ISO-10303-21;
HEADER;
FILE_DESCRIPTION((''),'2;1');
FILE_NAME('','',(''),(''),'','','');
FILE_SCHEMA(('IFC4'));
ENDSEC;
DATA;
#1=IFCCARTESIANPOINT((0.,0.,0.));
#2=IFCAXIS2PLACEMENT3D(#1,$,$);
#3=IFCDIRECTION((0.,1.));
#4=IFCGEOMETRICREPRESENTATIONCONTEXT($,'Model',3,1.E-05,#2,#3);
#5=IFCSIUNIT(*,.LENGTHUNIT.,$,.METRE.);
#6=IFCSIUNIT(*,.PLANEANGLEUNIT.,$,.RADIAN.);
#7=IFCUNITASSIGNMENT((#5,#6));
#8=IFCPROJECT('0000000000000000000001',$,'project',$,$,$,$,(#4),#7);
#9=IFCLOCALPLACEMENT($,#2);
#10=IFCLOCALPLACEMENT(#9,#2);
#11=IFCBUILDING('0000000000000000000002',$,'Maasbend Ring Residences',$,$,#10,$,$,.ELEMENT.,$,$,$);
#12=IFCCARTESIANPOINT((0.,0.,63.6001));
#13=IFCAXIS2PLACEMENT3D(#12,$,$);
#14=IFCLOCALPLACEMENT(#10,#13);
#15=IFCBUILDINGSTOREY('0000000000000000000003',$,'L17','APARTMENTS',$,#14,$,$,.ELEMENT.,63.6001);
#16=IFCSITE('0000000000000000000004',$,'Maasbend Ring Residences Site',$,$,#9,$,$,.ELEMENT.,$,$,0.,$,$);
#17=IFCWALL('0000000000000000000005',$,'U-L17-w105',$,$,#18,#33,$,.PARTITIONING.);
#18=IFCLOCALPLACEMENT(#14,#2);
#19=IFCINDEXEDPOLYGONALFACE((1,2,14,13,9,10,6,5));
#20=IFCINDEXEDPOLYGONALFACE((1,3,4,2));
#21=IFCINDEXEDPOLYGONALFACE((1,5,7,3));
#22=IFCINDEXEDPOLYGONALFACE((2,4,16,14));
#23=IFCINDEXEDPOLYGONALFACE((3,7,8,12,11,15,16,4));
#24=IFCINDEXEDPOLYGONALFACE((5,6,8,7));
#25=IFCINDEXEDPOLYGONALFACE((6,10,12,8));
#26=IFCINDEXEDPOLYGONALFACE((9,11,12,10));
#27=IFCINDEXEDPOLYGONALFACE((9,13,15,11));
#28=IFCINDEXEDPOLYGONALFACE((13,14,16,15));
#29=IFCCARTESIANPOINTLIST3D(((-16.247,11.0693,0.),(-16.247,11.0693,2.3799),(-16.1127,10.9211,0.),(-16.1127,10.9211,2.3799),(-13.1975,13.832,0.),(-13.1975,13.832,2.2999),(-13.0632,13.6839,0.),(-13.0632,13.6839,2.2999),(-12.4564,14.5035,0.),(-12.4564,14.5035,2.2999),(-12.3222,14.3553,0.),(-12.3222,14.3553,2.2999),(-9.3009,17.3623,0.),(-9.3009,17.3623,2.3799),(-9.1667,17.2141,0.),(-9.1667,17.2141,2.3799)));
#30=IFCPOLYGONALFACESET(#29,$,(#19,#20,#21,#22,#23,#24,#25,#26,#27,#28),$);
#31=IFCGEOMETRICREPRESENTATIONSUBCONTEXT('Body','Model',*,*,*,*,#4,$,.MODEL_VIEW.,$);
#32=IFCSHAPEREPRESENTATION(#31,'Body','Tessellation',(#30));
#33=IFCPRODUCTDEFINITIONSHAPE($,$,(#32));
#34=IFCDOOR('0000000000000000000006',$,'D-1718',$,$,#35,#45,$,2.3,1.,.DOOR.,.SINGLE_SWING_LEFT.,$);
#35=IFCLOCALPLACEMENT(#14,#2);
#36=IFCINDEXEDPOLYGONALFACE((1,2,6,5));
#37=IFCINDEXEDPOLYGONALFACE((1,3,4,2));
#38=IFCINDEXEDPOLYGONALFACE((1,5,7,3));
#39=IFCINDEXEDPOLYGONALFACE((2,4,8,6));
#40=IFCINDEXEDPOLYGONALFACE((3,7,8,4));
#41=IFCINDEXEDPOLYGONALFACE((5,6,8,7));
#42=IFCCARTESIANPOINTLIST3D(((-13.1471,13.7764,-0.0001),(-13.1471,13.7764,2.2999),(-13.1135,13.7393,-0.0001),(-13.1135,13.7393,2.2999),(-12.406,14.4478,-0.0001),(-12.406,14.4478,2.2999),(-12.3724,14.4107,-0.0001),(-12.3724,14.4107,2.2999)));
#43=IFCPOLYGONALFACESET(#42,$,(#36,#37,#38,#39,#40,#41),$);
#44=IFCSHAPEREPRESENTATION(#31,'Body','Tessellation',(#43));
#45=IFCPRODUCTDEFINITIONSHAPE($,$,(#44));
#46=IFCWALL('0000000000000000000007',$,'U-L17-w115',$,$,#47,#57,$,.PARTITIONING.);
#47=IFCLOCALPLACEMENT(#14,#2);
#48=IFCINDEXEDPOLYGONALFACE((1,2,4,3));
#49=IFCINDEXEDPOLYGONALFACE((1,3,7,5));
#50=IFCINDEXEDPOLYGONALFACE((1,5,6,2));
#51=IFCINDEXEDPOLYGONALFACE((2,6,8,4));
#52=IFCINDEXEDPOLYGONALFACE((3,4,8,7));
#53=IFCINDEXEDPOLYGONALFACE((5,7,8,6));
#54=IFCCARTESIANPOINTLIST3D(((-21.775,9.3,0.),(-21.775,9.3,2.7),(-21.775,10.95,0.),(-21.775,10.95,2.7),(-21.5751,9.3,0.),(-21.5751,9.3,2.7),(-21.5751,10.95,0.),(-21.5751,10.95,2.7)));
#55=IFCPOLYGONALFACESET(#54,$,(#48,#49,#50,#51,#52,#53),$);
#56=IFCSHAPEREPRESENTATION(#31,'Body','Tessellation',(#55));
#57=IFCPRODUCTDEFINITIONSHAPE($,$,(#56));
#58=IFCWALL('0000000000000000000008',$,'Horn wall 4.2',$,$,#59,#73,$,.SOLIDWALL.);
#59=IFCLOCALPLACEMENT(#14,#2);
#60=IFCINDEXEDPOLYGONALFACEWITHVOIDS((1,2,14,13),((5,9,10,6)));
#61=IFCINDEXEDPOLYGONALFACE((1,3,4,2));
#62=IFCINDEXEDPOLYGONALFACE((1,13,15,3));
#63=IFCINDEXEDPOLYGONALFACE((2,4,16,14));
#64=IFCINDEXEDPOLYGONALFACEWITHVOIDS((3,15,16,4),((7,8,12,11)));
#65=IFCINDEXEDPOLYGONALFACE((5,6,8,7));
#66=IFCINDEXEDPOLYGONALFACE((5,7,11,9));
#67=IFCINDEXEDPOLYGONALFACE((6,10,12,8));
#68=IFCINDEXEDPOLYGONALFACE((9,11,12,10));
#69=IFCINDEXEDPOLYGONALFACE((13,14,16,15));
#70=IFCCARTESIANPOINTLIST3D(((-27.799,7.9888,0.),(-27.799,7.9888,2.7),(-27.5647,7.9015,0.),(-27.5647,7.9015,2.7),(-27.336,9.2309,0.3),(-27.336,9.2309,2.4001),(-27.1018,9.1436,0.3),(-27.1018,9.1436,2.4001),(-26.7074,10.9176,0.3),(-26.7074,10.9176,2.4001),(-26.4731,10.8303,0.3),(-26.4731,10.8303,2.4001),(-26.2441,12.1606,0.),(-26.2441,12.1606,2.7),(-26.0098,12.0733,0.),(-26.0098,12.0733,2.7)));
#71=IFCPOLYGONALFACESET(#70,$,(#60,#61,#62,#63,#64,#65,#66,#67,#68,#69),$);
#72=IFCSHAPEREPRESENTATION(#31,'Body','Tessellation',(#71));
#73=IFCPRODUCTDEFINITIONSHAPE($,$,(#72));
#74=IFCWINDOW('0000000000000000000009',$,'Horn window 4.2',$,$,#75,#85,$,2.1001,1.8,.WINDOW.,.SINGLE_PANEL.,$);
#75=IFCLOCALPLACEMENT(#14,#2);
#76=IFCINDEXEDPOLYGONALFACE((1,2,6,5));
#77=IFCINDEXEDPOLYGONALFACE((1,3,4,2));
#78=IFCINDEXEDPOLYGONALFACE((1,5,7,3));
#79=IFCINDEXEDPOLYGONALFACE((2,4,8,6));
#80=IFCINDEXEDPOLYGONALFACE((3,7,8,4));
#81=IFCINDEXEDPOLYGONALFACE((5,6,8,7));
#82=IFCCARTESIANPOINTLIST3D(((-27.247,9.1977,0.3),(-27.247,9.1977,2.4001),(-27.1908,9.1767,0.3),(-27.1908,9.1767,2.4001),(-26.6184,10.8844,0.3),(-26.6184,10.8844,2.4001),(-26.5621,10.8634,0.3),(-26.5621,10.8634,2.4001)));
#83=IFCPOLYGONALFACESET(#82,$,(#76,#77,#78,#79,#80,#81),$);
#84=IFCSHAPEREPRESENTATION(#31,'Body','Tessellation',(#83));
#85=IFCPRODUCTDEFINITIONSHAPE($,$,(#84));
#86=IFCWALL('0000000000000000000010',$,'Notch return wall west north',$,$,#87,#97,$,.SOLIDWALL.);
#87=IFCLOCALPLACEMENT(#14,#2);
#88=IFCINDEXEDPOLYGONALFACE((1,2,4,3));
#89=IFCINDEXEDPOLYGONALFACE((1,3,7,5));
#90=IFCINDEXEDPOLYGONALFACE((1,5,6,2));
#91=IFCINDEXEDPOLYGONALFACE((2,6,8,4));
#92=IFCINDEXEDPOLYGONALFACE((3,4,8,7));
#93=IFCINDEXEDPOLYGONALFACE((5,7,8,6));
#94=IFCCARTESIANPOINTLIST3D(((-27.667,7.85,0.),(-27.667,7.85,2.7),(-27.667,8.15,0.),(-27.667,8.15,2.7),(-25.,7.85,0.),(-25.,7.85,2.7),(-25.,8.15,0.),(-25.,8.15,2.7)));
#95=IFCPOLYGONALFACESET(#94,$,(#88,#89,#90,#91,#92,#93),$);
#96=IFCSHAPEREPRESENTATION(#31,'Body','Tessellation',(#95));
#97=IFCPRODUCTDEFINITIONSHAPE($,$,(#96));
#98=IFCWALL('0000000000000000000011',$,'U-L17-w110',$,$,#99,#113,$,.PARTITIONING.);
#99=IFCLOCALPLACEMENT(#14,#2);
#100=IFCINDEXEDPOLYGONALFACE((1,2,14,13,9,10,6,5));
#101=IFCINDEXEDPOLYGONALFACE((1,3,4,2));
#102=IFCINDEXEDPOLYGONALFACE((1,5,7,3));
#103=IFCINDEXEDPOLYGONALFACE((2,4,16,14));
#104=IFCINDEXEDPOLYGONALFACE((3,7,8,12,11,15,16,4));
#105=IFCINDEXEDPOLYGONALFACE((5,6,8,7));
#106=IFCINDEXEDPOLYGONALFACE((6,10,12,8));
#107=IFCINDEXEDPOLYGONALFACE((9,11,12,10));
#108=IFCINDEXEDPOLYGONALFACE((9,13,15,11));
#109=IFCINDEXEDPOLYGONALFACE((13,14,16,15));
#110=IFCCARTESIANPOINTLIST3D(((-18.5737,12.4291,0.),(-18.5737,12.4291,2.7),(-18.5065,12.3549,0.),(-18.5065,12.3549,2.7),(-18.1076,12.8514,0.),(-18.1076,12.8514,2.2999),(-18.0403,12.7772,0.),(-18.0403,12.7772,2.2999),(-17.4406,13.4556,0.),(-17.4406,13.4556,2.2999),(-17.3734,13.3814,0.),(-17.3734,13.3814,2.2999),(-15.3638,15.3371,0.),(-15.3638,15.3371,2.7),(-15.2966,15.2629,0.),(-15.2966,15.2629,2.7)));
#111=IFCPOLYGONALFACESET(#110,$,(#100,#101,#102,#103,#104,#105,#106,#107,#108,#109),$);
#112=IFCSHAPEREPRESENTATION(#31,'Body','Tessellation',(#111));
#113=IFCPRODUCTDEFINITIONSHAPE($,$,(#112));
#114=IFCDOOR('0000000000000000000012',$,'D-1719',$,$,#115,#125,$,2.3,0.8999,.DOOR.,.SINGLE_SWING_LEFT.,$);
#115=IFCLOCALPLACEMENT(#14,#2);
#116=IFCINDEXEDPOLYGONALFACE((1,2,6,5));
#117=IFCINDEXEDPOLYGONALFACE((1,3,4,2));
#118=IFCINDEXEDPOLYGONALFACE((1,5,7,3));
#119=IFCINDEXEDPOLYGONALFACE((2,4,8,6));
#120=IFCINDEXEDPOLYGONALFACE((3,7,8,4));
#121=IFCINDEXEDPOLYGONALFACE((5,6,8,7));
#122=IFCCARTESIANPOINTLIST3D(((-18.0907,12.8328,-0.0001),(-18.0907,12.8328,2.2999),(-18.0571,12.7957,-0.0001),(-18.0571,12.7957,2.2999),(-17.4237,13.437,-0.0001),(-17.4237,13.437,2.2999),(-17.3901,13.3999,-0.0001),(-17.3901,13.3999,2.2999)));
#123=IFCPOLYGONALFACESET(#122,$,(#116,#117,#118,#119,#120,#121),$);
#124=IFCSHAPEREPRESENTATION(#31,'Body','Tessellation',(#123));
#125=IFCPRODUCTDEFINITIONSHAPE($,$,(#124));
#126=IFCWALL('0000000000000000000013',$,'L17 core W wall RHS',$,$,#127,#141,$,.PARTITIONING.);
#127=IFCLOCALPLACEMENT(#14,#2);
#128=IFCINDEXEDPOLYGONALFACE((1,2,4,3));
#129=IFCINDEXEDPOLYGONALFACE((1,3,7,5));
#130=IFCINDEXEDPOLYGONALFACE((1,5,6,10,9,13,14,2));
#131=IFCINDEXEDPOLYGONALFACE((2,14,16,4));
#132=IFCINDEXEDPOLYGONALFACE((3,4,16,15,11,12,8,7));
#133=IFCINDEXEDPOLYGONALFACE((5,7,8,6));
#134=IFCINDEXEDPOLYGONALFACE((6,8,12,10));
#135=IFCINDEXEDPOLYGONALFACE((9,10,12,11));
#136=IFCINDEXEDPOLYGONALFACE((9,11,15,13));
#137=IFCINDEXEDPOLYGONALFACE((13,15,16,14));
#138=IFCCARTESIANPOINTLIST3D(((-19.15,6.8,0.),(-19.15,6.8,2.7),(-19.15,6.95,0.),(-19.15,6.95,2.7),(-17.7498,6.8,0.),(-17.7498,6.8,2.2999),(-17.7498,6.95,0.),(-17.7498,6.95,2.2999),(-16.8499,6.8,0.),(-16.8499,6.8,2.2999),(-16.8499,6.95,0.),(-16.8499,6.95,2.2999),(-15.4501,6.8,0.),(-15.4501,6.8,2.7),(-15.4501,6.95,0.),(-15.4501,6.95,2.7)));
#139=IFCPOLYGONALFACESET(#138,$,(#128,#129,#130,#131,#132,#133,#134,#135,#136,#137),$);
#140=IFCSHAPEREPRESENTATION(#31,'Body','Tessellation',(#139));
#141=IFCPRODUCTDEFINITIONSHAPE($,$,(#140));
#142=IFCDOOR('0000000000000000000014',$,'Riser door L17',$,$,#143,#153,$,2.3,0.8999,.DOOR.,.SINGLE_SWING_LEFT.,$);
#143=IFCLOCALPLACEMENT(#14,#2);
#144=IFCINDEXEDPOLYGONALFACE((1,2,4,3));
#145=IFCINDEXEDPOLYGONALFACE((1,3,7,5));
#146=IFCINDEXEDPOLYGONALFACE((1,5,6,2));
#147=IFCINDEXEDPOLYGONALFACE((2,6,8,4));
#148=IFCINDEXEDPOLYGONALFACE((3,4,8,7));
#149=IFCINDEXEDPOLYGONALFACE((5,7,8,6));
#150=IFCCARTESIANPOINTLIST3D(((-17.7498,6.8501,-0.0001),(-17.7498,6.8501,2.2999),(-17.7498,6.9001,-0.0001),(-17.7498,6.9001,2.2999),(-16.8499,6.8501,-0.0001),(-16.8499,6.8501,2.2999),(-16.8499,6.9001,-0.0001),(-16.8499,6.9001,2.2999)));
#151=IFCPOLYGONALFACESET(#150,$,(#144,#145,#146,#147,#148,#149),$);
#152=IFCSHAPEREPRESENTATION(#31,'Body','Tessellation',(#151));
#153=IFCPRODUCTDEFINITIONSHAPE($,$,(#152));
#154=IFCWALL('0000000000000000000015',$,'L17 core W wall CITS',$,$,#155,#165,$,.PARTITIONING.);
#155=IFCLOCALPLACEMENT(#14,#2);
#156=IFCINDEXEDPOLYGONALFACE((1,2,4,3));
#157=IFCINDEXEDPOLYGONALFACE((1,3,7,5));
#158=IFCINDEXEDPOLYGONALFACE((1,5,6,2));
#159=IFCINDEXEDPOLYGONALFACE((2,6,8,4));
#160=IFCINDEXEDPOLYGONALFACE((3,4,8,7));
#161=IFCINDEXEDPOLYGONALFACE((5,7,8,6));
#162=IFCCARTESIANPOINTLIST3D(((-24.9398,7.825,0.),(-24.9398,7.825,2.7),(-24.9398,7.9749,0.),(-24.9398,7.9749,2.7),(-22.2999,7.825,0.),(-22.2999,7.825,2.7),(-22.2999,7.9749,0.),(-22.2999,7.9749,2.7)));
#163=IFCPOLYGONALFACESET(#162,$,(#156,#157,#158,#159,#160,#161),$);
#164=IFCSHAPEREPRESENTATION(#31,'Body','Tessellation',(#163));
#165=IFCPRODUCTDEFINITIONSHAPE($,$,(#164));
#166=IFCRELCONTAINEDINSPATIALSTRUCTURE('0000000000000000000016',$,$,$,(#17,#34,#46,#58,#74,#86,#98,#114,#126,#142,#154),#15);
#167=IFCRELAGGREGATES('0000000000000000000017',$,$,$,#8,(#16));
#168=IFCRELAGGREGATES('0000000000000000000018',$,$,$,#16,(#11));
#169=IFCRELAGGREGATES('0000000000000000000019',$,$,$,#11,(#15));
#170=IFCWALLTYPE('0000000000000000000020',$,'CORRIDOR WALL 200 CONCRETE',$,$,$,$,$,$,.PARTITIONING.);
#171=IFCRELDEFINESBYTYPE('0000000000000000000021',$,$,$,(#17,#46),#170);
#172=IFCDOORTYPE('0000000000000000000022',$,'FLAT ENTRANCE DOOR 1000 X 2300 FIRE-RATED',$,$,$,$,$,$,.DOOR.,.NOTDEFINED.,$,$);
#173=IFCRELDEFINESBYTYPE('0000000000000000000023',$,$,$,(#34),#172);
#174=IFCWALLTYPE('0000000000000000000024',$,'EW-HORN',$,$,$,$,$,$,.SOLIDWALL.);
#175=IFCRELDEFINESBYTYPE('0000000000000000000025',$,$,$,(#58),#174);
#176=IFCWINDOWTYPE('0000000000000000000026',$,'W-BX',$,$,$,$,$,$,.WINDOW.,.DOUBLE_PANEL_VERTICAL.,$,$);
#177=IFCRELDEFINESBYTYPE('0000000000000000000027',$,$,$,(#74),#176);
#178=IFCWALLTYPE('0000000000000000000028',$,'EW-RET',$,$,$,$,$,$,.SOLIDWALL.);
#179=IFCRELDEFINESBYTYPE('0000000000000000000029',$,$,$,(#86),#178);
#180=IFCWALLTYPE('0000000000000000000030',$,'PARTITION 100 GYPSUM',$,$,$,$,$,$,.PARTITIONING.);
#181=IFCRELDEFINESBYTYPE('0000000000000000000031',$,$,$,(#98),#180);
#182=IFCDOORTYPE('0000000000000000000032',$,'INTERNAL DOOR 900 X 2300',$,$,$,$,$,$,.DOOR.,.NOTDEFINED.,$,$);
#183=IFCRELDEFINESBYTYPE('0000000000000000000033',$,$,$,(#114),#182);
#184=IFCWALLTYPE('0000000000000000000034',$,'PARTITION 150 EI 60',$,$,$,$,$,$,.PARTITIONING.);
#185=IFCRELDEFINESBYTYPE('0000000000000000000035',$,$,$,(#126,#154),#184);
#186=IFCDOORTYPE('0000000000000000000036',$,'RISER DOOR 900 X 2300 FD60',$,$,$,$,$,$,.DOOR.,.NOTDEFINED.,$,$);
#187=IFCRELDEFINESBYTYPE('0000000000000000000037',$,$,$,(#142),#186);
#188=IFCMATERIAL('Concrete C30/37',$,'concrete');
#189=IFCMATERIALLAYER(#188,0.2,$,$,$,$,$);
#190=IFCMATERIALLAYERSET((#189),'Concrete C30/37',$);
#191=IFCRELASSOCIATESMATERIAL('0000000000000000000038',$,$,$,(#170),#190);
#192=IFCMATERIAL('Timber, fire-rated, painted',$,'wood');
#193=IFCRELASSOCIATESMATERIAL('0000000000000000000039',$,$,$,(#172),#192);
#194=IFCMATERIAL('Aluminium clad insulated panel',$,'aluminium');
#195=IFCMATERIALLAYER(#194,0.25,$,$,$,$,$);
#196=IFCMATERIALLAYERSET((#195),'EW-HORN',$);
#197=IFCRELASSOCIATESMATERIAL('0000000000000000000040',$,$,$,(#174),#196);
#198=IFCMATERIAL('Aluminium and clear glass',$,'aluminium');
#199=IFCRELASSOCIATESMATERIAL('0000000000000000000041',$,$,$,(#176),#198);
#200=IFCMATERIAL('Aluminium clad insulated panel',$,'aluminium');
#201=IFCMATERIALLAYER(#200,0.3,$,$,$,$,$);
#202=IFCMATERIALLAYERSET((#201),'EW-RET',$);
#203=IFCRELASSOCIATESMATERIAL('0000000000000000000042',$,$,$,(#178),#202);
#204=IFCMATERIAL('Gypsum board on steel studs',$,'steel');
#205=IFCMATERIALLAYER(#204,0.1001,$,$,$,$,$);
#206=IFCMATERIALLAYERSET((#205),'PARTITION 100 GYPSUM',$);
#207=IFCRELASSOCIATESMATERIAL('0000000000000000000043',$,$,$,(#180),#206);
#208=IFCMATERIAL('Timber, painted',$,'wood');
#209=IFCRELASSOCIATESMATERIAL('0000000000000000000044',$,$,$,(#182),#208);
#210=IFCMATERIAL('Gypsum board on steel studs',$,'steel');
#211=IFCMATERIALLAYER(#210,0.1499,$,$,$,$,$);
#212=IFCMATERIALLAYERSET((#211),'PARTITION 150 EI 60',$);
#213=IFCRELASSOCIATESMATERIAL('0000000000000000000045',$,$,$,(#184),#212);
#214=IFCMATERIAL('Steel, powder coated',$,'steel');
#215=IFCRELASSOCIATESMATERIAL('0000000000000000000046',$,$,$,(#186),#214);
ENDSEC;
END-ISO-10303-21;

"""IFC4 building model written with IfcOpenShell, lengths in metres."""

from ifc_helpers import new_model, si_unit, direction, frame, frame_2d, origin, place, context, subcontext, project, spatial, rectangle, extrude, material, layer, layer_set, type_object, element, fill, save


model = new_model("IFC4")

# Units and contexts
model_context = context("Model", 3, precision=1e-05, world=origin(), true_north=direction((0.0, 1.0)))
body_context = subcontext(model_context, "Body", "Model", "MODEL_VIEW")
ifc_project = project(units=[si_unit("LENGTHUNIT", "METRE"), si_unit("PLANEANGLEUNIT", "RADIAN")], contexts=[model_context])

# Site, building, storey
site_placement = place(None, origin())
site = spatial("IfcSite", under=ifc_project, at=site_placement, Name="Maasbend Ring Residences Site", CompositionType="ELEMENT", RefElevation=0.0)
building_placement = place(site_placement, origin())
building = spatial("IfcBuilding", under=site, at=building_placement, Name="Maasbend Ring Residences", CompositionType="ELEMENT")
storey_placement = place(building_placement, frame((0.0, 0.0, 63.6001)))
storey = spatial("IfcBuildingStorey", under=building, at=storey_placement, Name="L17", Description="APARTMENTS", CompositionType="ELEMENT", Elevation=63.6001)

# Wall, opening, door
ifc_material_1 = material(Name="Concrete C30/37", Category="concrete")
ifc_layer_1 = layer(ifc_material_1, 0.2)
ifc_layer_set_1 = layer_set([ifc_layer_1], Name="Concrete C30/37")
wall_type_1 = type_object("IfcWallType", Name="CORRIDOR WALL 200 CONCRETE", PredefinedType="PARTITIONING", material=ifc_layer_set_1)
wall_1_placement = place(storey_placement, frame((-16.1799, 10.9951, 0.0), z_axis=(0.0, 0.0, 1.0), x_axis=(0.741087, 0.671409, 0.0)))
wall_1 = element("IfcWall", 1, at=wall_1_placement, inside=storey, type_object=wall_type_1, Name="U-L17-w105", PredefinedType="PARTITIONING", context=body_context, shape_type="SweptSolid", body=[
    extrude(rectangle(XDim=9.3728, YDim=0.2, at=frame_2d((4.6865, 0.0))), origin(), (0.0, 0.0, 1.0), 2.3799),
])
opening_1_placement = place(wall_1_placement, frame((4.115, 0.0, 0.0)))
opening_1 = element("IfcOpeningElement", 2, at=opening_1_placement, cuts=wall_1, PredefinedType="OPENING", context=body_context, shape_type="SweptSolid", body=[
    extrude(rectangle(XDim=1.0, YDim=2.3, at=frame_2d((0.5, 1.1499))), frame((0.0, 0.1099, 0.0), z_axis=(0.0, -1.0, 0.0), x_axis=(1.0, 0.0, 0.0)), (0.0, 0.0, 1.0), 0.22),
])
ifc_material_2 = material(Name="Timber, fire-rated, painted", Category="wood")
door_type_1 = type_object("IfcDoorType", Name="FLAT ENTRANCE DOOR 1000 X 2300 FIRE-RATED", OperationType="NOTDEFINED", PredefinedType="DOOR", material=ifc_material_2)
door_1_placement = place(opening_1_placement, origin())
door_1 = element("IfcDoor", 3, at=door_1_placement, inside=storey, type_object=door_type_1, Name="D-1718", OperationType="SINGLE_SWING_LEFT", OverallHeight=2.3, OverallWidth=1.0, PredefinedType="DOOR", context=body_context, shape_type="SweptSolid", body=[
    extrude(rectangle(XDim=1.0, YDim=2.3, at=frame_2d((0.5, 1.1499))), frame((0.0, 0.0249, 0.0), z_axis=(0.0, -1.0, 0.0), x_axis=(1.0, 0.0, 0.0)), (0.0, 0.0, 1.0), 0.05),
])
fill(opening_1, door_1)

# Wall
wall_2_placement = place(storey_placement, frame((-21.675, 9.3, 0.0), z_axis=(0.0, 0.0, 1.0), x_axis=(0.0, 1.0, 0.0)))
element("IfcWall", 4, at=wall_2_placement, inside=storey, type_object=wall_type_1, Name="U-L17-w115", PredefinedType="PARTITIONING", context=body_context, shape_type="SweptSolid", body=[
    extrude(rectangle(XDim=1.6499, YDim=0.2, at=frame_2d((0.825, 0.0))), origin(), (0.0, 0.0, 1.0), 2.7),
])

# Wall, opening, window
ifc_material_3 = material(Name="Aluminium clad insulated panel", Category="aluminium")
ifc_layer_2 = layer(ifc_material_3, 0.25)
ifc_layer_set_2 = layer_set([ifc_layer_2], Name="EW-HORN")
wall_type_2 = type_object("IfcWallType", Name="EW-HORN", PredefinedType="SOLIDWALL", material=ifc_layer_set_2)
wall_3_placement = place(storey_placement, frame((-26.127, 12.1169, 0.0), z_axis=(0.0, 0.0, 1.0), x_axis=(-0.349248, -0.93703, 0.0)))
wall_3 = element("IfcWall", 5, at=wall_3_placement, inside=storey, type_object=wall_type_2, Name="Horn wall 4.2", PredefinedType="SOLIDWALL", context=body_context, shape_type="SweptSolid", body=[
    extrude(rectangle(XDim=4.4521, YDim=0.25, at=frame_2d((2.2261, 0.0))), origin(), (0.0, 0.0, 1.0), 2.7),
])
opening_2_placement = place(wall_3_placement, frame((1.3267, 0.0, 0.3)))
opening_2 = element("IfcOpeningElement", 6, at=opening_2_placement, cuts=wall_3, PredefinedType="OPENING", context=body_context, shape_type="SweptSolid", body=[
    extrude(rectangle(XDim=1.8, YDim=2.1001, at=frame_2d((0.8999, 1.05))), frame((0.0, 0.135, 0.0), z_axis=(0.0, -1.0, 0.0), x_axis=(1.0, 0.0, 0.0)), (0.0, 0.0, 1.0), 0.27),
])
ifc_material_4 = material(Name="Aluminium and clear glass", Category="aluminium")
window_type = type_object("IfcWindowType", Name="W-BX", PartitioningType="DOUBLE_PANEL_VERTICAL", PredefinedType="WINDOW", material=ifc_material_4)
window_placement = place(opening_2_placement, origin())
window = element("IfcWindow", 7, at=window_placement, inside=storey, type_object=window_type, Name="Horn window 4.2", OverallHeight=2.1001, OverallWidth=1.8, PartitioningType="SINGLE_PANEL", PredefinedType="WINDOW", context=body_context, shape_type="SweptSolid", body=[
    extrude(rectangle(XDim=1.8, YDim=2.1001, at=frame_2d((0.8999, 1.05))), frame((0.0, 0.03, 0.0), z_axis=(0.0, -1.0, 0.0), x_axis=(1.0, 0.0, 0.0)), (0.0, 0.0, 1.0), 0.0601),
])
fill(opening_2, window)

# Wall
ifc_material_5 = material(Name="Aluminium clad insulated panel", Category="aluminium")
ifc_layer_3 = layer(ifc_material_5, 0.3)
ifc_layer_set_3 = layer_set([ifc_layer_3], Name="EW-RET")
wall_type_3 = type_object("IfcWallType", Name="EW-RET", PredefinedType="SOLIDWALL", material=ifc_layer_set_3)
wall_4_placement = place(storey_placement, frame((-25.0, 8.0, 0.0), z_axis=(0.0, 0.0, 1.0), x_axis=(-1.0, 0.0, 0.0)))
element("IfcWall", 8, at=wall_4_placement, inside=storey, type_object=wall_type_3, Name="Notch return wall west north", PredefinedType="SOLIDWALL", context=body_context, shape_type="SweptSolid", body=[
    extrude(rectangle(XDim=2.667, YDim=0.3, at=frame_2d((1.3335, 0.0))), origin(), (0.0, 0.0, 1.0), 2.7),
])

# Walls, openings, doors
ifc_material_6 = material(Name="Gypsum board on steel studs", Category="steel")
ifc_layer_4 = layer(ifc_material_6, 0.1001)
ifc_layer_set_4 = layer_set([ifc_layer_4], Name="PARTITION 100 GYPSUM")
wall_type_4 = type_object("IfcWallType", Name="PARTITION 100 GYPSUM", PredefinedType="PARTITIONING", material=ifc_layer_set_4)
wall_5_placement = place(storey_placement, frame((-18.54, 12.3921, 0.0), z_axis=(0.0, 0.0, 1.0), x_axis=(0.74111, 0.671384, 0.0)))
wall_5 = element("IfcWall", 9, at=wall_5_placement, inside=storey, type_object=wall_type_4, Name="U-L17-w110", PredefinedType="PARTITIONING", context=body_context, shape_type="SweptSolid", body=[
    extrude(rectangle(XDim=4.3313, YDim=0.1001, at=frame_2d((2.1655, 0.0))), origin(), (0.0, 0.0, 1.0), 2.7),
])
opening_3_placement = place(wall_5_placement, frame((0.6289, 0.0, 0.0)))
opening_3 = element("IfcOpeningElement", 10, at=opening_3_placement, cuts=wall_5, PredefinedType="OPENING", context=body_context, shape_type="SweptSolid", body=[
    extrude(rectangle(XDim=0.8999, YDim=2.3, at=frame_2d((0.45, 1.1499))), frame((0.0, 0.0601, 0.0), z_axis=(0.0, -1.0, 0.0), x_axis=(1.0, 0.0, 0.0)), (0.0, 0.0, 1.0), 0.1201),
])
ifc_material_7 = material(Name="Timber, painted", Category="wood")
door_type_2 = type_object("IfcDoorType", Name="INTERNAL DOOR 900 X 2300", OperationType="NOTDEFINED", PredefinedType="DOOR", material=ifc_material_7)
door_2_placement = place(opening_3_placement, origin())
door_2 = element("IfcDoor", 11, at=door_2_placement, inside=storey, type_object=door_type_2, Name="D-1719", OperationType="SINGLE_SWING_LEFT", OverallHeight=2.3, OverallWidth=0.8999, PredefinedType="DOOR", context=body_context, shape_type="SweptSolid", body=[
    extrude(rectangle(XDim=0.8999, YDim=2.3, at=frame_2d((0.45, 1.1499))), frame((0.0, 0.0249, 0.0), z_axis=(0.0, -1.0, 0.0), x_axis=(1.0, 0.0, 0.0)), (0.0, 0.0, 1.0), 0.05),
])
fill(opening_3, door_2)
ifc_material_8 = material(Name="Gypsum board on steel studs", Category="steel")
ifc_layer_5 = layer(ifc_material_8, 0.1499)
ifc_layer_set_5 = layer_set([ifc_layer_5], Name="PARTITION 150 EI 60")
wall_type_5 = type_object("IfcWallType", Name="PARTITION 150 EI 60", PredefinedType="PARTITIONING", material=ifc_layer_set_5)
wall_6_placement = place(storey_placement, frame((-15.45, 6.875, 0.0), z_axis=(0.0, 0.0, 1.0), x_axis=(-1.0, 0.0, 0.0)))
wall_6 = element("IfcWall", 12, at=wall_6_placement, inside=storey, type_object=wall_type_5, Name="L17 core W wall RHS", PredefinedType="PARTITIONING", context=body_context, shape_type="SweptSolid", body=[
    extrude(rectangle(XDim=3.7, YDim=0.1499, at=frame_2d((1.8501, 0.0))), origin(), (0.0, 0.0, 1.0), 2.7),
])
opening_4_placement = place(wall_6_placement, frame((1.3999, 0.0, 0.0)))
opening_4 = element("IfcOpeningElement", 13, at=opening_4_placement, cuts=wall_6, PredefinedType="OPENING", context=body_context, shape_type="SweptSolid", body=[
    extrude(rectangle(XDim=0.8999, YDim=2.3, at=frame_2d((0.45, 1.1499))), frame((0.0, 0.085, 0.0), z_axis=(0.0, -1.0, 0.0), x_axis=(1.0, 0.0, 0.0)), (0.0, 0.0, 1.0), 0.1699),
])
ifc_material_9 = material(Name="Steel, powder coated", Category="steel")
door_type_3 = type_object("IfcDoorType", Name="RISER DOOR 900 X 2300 FD60", OperationType="NOTDEFINED", PredefinedType="DOOR", material=ifc_material_9)
door_3_placement = place(opening_4_placement, origin())
door_3 = element("IfcDoor", 14, at=door_3_placement, inside=storey, type_object=door_type_3, Name="Riser door L17", OperationType="SINGLE_SWING_LEFT", OverallHeight=2.3, OverallWidth=0.8999, PredefinedType="DOOR", context=body_context, shape_type="SweptSolid", body=[
    extrude(rectangle(XDim=0.8999, YDim=2.3, at=frame_2d((0.45, 1.1499))), frame((0.0, 0.0249, 0.0), z_axis=(0.0, -1.0, 0.0), x_axis=(1.0, 0.0, 0.0)), (0.0, 0.0, 1.0), 0.05),
])
fill(opening_4, door_3)

# Wall
wall_7_placement = place(storey_placement, frame((-22.3, 7.8999, 0.0), z_axis=(0.0, 0.0, 1.0), x_axis=(-1.0, 0.0, 0.0)))
element("IfcWall", 15, at=wall_7_placement, inside=storey, type_object=wall_type_5, Name="L17 core W wall CITS", PredefinedType="PARTITIONING", context=body_context, shape_type="SweptSolid", body=[
    extrude(rectangle(XDim=2.6399, YDim=0.1499, at=frame_2d((1.3198, 0.0))), origin(), (0.0, 0.0, 1.0), 2.7),
])

save(model, "model.ifc")
